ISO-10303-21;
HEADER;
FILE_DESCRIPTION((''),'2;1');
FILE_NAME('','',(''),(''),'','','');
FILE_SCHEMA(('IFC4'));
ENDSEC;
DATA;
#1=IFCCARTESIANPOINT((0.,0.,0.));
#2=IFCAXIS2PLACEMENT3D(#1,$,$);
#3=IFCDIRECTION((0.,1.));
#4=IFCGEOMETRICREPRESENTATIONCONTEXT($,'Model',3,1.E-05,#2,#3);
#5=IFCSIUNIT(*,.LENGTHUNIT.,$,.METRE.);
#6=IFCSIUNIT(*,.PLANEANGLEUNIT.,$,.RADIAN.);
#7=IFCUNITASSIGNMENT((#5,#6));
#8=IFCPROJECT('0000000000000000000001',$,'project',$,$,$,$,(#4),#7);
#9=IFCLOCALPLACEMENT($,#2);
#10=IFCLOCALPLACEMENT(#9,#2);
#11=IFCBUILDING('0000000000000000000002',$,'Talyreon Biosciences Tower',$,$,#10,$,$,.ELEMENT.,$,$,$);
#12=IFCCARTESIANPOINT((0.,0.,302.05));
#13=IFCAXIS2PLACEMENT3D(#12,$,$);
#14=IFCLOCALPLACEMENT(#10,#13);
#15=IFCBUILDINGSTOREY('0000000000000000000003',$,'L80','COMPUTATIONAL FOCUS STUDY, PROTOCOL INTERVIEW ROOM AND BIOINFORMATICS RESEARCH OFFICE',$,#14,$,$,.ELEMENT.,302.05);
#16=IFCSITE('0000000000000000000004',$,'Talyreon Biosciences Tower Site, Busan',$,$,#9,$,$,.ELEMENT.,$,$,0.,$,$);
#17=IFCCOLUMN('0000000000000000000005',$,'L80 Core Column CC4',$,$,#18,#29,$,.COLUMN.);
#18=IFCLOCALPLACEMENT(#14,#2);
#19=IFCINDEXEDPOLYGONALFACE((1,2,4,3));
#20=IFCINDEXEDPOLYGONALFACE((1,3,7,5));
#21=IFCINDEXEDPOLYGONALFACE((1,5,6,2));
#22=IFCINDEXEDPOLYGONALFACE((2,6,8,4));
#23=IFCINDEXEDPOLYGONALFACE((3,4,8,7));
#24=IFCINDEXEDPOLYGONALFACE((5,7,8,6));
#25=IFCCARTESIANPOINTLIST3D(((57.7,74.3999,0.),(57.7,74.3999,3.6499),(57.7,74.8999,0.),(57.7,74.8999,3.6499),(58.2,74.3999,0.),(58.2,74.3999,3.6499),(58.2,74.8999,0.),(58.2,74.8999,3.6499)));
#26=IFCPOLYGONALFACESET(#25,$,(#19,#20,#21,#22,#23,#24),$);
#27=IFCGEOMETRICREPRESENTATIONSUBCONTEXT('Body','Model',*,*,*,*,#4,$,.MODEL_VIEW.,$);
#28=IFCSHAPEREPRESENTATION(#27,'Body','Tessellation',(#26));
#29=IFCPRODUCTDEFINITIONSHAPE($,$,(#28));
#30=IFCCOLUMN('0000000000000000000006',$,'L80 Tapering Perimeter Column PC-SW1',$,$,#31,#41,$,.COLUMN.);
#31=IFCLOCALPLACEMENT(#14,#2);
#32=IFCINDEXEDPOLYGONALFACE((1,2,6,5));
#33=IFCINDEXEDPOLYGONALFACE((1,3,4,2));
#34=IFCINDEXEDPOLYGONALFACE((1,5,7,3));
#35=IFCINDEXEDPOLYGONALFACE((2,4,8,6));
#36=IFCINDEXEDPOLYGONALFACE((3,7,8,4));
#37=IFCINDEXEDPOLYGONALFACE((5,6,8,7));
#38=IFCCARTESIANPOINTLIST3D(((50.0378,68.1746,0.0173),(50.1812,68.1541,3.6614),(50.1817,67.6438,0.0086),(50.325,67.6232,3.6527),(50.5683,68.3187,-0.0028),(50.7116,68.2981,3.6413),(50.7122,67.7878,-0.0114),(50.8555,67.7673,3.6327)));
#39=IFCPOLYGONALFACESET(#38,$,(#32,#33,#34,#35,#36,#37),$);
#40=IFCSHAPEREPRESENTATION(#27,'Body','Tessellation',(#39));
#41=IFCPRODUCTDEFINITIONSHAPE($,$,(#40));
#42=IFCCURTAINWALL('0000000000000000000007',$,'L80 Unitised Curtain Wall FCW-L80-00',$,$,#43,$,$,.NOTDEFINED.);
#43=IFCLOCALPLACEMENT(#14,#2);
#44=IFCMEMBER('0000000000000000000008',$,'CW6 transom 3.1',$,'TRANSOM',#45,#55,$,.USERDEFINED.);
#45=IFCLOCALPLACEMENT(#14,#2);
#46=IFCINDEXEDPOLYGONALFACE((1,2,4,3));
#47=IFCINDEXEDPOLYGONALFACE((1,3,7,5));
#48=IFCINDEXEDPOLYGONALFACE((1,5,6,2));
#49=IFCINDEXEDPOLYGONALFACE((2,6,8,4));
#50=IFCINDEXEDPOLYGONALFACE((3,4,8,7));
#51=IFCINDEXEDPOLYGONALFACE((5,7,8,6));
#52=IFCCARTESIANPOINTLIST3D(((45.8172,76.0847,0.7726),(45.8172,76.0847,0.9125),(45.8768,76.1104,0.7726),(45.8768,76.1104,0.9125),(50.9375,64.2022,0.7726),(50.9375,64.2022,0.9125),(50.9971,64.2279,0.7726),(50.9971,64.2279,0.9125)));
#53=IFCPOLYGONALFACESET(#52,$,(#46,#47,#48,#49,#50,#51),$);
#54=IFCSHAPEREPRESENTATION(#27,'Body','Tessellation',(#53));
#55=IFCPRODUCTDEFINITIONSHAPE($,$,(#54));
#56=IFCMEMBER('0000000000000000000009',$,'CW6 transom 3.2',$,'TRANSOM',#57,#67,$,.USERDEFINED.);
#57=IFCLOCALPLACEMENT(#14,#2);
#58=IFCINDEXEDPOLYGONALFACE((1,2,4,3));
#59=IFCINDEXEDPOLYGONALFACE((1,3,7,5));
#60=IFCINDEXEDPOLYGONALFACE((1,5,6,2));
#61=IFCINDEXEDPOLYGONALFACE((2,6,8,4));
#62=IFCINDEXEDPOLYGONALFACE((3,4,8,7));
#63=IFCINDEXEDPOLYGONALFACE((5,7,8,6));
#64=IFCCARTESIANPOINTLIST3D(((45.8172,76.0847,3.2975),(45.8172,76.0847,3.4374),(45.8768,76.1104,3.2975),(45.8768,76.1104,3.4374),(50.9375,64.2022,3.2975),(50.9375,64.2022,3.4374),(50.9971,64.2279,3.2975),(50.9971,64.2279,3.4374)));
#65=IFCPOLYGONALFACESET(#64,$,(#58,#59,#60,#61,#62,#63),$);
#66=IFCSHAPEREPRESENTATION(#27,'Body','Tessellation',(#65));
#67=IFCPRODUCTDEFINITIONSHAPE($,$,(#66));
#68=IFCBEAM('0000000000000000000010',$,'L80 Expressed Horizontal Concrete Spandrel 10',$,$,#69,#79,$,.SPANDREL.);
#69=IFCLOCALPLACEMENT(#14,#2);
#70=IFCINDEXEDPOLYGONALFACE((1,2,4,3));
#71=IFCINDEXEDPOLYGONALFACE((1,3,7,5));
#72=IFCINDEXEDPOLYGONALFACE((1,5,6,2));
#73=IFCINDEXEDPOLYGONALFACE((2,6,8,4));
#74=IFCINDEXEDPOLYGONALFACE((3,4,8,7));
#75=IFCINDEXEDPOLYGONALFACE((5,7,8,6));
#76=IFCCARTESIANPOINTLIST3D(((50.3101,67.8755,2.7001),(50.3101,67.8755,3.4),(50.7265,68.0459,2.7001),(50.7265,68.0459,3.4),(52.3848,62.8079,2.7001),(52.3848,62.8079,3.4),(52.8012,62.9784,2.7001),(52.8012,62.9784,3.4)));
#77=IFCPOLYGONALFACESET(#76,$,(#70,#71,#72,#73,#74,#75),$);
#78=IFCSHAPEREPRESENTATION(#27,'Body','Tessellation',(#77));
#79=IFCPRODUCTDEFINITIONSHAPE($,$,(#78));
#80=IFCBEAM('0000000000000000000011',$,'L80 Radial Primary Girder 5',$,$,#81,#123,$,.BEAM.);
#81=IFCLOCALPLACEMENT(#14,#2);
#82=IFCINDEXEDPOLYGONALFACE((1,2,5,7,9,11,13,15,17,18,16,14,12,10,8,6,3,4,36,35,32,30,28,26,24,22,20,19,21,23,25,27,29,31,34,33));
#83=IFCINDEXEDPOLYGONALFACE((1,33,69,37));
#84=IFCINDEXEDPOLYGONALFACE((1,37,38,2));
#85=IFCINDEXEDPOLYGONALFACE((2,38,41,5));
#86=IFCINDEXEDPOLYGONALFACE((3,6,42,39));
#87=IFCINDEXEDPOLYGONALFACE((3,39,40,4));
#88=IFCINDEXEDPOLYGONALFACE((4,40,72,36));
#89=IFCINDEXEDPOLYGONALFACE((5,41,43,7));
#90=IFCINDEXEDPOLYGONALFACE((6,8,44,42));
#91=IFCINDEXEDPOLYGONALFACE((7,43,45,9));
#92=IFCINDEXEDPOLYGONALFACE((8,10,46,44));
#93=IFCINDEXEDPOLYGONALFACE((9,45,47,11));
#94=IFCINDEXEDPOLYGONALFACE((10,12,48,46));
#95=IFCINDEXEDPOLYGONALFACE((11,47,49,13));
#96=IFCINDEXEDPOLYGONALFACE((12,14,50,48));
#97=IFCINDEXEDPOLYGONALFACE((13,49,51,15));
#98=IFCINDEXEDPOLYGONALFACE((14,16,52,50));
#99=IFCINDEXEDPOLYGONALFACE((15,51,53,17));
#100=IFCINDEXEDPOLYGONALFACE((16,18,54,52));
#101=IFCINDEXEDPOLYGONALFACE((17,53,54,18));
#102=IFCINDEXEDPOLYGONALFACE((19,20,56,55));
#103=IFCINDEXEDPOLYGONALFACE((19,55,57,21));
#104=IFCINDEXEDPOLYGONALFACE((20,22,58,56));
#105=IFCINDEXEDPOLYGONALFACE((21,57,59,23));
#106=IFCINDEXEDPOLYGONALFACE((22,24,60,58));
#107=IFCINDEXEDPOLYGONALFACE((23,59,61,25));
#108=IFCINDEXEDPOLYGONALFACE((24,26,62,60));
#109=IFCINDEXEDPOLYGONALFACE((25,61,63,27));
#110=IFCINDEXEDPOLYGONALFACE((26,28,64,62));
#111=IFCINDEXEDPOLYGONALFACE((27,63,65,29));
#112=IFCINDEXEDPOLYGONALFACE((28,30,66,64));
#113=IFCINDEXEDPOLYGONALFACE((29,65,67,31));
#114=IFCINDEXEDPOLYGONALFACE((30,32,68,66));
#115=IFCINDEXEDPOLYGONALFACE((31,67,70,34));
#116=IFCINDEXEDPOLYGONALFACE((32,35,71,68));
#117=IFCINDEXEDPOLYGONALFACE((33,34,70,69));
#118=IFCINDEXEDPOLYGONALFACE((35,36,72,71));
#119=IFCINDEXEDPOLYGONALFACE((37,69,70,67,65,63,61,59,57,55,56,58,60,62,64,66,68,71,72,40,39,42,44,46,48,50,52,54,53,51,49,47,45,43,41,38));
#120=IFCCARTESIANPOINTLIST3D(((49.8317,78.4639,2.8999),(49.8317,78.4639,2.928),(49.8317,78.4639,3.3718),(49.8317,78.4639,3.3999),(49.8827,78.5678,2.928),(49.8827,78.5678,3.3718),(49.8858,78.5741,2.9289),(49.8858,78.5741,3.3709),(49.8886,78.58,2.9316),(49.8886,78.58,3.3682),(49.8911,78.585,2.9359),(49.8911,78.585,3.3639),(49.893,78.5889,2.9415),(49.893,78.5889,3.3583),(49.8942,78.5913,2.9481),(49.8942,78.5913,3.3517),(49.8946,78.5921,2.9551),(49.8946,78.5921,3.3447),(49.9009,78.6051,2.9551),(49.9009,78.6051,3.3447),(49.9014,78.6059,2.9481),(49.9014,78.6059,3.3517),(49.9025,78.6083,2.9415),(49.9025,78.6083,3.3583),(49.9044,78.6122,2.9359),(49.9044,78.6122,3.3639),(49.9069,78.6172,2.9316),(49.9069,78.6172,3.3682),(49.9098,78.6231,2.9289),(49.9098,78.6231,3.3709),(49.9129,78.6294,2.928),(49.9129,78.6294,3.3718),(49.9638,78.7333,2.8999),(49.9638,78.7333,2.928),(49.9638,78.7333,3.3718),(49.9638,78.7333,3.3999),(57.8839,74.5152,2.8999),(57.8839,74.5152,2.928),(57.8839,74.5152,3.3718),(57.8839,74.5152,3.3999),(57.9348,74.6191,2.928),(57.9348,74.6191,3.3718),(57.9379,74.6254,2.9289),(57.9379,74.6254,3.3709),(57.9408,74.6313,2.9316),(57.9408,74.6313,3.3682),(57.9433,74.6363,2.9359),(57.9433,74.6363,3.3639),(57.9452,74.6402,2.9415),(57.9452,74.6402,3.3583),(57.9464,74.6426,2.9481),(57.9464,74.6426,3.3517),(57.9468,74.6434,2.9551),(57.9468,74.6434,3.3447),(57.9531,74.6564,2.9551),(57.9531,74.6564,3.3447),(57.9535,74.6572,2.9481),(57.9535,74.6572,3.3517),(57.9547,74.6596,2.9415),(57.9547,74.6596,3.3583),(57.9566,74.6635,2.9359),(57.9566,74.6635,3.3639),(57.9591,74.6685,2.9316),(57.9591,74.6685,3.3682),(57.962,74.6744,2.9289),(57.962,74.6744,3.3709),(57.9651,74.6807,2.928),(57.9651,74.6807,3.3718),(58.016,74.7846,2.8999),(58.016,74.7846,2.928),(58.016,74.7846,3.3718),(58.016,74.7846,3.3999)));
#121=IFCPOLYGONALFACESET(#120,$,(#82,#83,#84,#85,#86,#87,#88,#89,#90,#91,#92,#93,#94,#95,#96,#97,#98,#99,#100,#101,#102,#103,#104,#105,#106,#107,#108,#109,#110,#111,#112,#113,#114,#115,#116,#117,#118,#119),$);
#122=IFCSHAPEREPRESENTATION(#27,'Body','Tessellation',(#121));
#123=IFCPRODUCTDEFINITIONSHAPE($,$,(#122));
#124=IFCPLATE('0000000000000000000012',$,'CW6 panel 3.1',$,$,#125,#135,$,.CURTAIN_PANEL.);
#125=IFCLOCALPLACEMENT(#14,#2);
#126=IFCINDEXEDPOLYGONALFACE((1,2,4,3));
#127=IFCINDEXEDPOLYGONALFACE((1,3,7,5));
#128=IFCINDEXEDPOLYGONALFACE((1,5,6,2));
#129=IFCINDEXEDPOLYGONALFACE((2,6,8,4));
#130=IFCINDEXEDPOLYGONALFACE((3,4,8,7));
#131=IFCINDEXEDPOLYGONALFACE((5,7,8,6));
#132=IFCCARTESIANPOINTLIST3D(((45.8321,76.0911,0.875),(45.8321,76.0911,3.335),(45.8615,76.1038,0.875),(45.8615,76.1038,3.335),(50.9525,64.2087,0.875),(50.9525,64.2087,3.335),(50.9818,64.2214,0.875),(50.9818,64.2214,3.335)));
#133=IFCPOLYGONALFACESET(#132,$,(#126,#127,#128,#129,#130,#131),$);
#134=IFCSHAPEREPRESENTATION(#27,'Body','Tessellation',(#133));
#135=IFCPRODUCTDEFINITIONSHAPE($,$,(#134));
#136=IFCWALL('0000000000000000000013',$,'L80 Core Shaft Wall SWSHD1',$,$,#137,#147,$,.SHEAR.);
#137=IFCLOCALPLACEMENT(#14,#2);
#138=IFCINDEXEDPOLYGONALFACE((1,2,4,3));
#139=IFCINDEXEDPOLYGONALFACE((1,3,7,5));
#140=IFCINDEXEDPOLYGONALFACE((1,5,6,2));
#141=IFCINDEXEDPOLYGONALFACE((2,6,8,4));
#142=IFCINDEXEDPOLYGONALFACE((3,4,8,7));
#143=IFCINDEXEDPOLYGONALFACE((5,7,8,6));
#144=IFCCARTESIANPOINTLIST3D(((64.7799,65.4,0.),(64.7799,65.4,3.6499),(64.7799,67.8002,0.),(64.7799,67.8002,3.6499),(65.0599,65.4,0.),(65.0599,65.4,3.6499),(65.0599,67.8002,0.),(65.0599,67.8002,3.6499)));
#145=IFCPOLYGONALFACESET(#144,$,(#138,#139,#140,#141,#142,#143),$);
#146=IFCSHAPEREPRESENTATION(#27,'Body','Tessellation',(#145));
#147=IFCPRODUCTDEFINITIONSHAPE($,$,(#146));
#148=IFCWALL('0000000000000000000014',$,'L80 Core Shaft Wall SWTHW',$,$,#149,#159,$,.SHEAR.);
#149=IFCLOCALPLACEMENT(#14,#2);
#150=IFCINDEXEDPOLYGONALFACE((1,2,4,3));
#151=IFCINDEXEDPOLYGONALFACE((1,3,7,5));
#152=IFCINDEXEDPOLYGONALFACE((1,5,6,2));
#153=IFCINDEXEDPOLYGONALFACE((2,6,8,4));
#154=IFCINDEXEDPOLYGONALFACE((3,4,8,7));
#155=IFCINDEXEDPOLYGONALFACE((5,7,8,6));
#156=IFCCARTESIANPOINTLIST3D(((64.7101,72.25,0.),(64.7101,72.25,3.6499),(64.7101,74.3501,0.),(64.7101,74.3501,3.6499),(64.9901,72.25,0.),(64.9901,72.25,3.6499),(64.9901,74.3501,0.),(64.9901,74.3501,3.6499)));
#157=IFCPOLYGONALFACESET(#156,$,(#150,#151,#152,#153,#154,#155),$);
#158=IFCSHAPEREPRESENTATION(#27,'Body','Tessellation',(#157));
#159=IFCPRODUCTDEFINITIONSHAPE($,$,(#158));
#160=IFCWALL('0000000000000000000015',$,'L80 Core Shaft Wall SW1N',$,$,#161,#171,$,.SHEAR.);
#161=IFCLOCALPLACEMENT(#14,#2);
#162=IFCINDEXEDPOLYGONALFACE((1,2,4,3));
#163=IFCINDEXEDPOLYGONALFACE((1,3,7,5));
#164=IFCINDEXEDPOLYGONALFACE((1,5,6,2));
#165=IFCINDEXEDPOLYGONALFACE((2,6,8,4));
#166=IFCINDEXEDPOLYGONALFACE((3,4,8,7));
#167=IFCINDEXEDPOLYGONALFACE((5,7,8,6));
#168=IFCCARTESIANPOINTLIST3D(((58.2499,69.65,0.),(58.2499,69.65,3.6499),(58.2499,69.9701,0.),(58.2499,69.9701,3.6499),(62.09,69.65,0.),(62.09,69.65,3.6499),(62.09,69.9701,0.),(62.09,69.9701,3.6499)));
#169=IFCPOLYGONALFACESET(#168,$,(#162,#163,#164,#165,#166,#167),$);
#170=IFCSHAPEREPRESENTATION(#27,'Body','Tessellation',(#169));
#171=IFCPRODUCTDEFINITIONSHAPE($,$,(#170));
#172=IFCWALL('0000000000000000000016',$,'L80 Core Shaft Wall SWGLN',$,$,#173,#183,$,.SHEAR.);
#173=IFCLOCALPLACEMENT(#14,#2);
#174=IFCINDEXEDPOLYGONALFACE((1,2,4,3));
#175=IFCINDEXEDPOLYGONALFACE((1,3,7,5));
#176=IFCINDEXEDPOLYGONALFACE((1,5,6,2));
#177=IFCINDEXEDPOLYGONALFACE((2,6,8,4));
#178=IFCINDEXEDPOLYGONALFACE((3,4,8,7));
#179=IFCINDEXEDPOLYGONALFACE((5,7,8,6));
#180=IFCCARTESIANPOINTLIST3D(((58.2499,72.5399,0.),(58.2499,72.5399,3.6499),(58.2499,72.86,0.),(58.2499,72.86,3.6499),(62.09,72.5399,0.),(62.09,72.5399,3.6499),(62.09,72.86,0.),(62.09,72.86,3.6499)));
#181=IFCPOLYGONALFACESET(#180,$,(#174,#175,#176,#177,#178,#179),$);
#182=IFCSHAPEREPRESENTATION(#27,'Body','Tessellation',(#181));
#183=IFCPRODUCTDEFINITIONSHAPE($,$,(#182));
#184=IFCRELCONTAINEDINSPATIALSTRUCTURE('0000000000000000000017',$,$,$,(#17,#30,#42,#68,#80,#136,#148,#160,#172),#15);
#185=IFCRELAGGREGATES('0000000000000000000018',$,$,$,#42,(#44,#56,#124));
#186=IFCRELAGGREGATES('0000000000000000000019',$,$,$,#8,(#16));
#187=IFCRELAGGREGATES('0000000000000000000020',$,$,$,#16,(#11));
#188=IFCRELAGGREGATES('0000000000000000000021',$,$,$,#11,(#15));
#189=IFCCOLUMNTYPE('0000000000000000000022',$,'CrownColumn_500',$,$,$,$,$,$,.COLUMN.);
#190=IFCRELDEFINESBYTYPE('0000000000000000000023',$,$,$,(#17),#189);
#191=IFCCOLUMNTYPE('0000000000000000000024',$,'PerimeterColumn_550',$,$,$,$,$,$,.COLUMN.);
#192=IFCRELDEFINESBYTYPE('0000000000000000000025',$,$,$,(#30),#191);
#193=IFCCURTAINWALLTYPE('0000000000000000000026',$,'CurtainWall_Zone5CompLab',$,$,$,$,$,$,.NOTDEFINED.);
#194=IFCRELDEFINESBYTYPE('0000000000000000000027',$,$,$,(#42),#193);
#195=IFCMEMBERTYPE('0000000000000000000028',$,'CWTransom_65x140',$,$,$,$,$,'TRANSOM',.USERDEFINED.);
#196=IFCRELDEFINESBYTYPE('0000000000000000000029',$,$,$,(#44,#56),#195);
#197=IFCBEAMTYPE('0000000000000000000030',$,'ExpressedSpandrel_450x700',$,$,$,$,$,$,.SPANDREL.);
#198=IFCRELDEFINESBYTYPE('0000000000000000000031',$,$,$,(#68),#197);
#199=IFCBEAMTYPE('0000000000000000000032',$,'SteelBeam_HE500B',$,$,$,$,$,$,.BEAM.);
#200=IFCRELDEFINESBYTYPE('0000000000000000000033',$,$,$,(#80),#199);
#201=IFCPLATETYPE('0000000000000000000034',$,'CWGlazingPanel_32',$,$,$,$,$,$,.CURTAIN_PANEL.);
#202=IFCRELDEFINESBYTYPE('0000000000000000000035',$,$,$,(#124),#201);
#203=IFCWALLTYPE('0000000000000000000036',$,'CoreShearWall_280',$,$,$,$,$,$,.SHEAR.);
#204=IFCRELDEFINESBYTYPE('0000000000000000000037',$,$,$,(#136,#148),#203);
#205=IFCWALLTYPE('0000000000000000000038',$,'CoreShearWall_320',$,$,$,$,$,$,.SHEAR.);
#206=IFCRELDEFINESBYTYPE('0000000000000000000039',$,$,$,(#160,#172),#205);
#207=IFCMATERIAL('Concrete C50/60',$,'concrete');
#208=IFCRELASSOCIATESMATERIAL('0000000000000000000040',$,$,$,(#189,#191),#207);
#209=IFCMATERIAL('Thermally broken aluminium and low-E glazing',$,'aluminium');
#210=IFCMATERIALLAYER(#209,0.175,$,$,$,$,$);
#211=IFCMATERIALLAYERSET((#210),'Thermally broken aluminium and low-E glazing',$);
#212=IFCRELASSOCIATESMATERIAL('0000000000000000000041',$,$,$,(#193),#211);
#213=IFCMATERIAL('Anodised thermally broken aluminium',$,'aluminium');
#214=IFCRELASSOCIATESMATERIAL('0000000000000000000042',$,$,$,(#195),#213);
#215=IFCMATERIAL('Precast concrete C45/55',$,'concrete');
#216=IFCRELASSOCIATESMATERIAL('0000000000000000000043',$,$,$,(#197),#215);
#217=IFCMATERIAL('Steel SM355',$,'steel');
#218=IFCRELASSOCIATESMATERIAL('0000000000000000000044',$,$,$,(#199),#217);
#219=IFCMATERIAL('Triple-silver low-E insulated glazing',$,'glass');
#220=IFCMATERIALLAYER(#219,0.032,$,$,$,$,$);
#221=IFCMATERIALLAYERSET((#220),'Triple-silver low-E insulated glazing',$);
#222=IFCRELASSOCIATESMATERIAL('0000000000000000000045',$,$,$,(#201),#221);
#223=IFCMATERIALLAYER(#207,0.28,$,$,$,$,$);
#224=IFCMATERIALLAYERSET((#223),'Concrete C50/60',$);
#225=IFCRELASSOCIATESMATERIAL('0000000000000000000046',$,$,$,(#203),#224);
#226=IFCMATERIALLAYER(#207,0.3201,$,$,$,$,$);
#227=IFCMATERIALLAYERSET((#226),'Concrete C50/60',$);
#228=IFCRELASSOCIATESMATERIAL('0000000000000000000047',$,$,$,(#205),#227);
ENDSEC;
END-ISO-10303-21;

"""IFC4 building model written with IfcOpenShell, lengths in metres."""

from ifc_helpers import new_model, si_unit, direction, frame, frame_2d, origin, origin_2d, place, context, subcontext, project, spatial, rectangle, i_section, extrude, material, layer, layer_set, material_profile, profile_set, type_object, element, aggregate, save


model = new_model("IFC4")

# Units and contexts
model_context = context("Model", 3, precision=1e-05, world=origin(), true_north=direction((0.0, 1.0)))
body_context = subcontext(model_context, "Body", "Model", "MODEL_VIEW")
ifc_project = project(units=[si_unit("LENGTHUNIT", "METRE"), si_unit("PLANEANGLEUNIT", "RADIAN")], contexts=[model_context])

# Site, building, storey
site_placement = place(None, origin())
site = spatial("IfcSite", under=ifc_project, at=site_placement, Name="Talyreon Biosciences Tower Site, Busan", CompositionType="ELEMENT", RefElevation=0.0)
building_placement = place(site_placement, origin())
building = spatial("IfcBuilding", under=site, at=building_placement, Name="Talyreon Biosciences Tower", CompositionType="ELEMENT")
storey_placement = place(building_placement, frame((0.0, 0.0, 302.05)))
storey = spatial("IfcBuildingStorey", under=building, at=storey_placement, Name="L80", Description="COMPUTATIONAL FOCUS STUDY, PROTOCOL INTERVIEW ROOM AND BIOINFORMATICS RESEARCH OFFICE", CompositionType="ELEMENT", Elevation=302.05)

# Columns
ifc_material_1 = material(Name="Concrete C50/60", Category="concrete")
ifc_material_profile_1 = material_profile(ifc_material_1, rectangle(XDim=0.5, YDim=0.5, at=origin_2d()), Name="RC 500x500")
ifc_profile_set_1 = profile_set([ifc_material_profile_1], Name="Concrete C50/60")
column_type_1 = type_object("IfcColumnType", Name="CrownColumn_500", PredefinedType="COLUMN", material=ifc_profile_set_1)
column_1_placement = place(storey_placement, frame((57.95, 74.6499, 0.0), z_axis=(0.0, 0.0, 1.0), x_axis=(1.0, 0.0, 0.0)))
element("IfcColumn", 1, at=column_1_placement, inside=storey, type_object=column_type_1, Name="L80 Core Column CC4", PredefinedType="COLUMN", context=body_context, shape_type="SweptSolid", body=[
    extrude(rectangle(XDim=0.5, YDim=0.5, at=origin_2d()), origin(), (0.0, 0.0, 1.0), 3.6499),
])
ifc_material_profile_2 = material_profile(ifc_material_1, rectangle(XDim=0.55, YDim=0.55, at=origin_2d()), Name="RC 550x550")
ifc_profile_set_2 = profile_set([ifc_material_profile_2], Name="Concrete C50/60")
column_type_2 = type_object("IfcColumnType", Name="PerimeterColumn_550", PredefinedType="COLUMN", material=ifc_profile_set_2)
column_2_placement = place(storey_placement, frame((50.375, 67.9812, 0.0029), z_axis=(0.039296, -0.005623, 0.999212), x_axis=(0.964404, 0.261908, -0.036453)))
element("IfcColumn", 2, at=column_2_placement, inside=storey, type_object=column_type_2, Name="L80 Tapering Perimeter Column PC-SW1", PredefinedType="COLUMN", context=body_context, shape_type="SweptSolid", body=[
    extrude(rectangle(XDim=0.55, YDim=0.55, at=origin_2d()), origin(), (0.0, 0.0, 1.0), 3.647),
])

# Curtain wall, members
ifc_material_2 = material(Name="Thermally broken aluminium and low-E glazing", Category="aluminium")
ifc_layer_1 = layer(ifc_material_2, 0.175)
ifc_layer_set_1 = layer_set([ifc_layer_1], Name="Thermally broken aluminium and low-E glazing")
curtain_wall_type = type_object("IfcCurtainWallType", Name="CurtainWall_Zone5CompLab", PredefinedType="NOTDEFINED", material=ifc_layer_set_1)
curtain_wall_placement = place(storey_placement, origin())
curtain_wall = element("IfcCurtainWall", 3, at=curtain_wall_placement, inside=storey, type_object=curtain_wall_type, Name="L80 Unitised Curtain Wall FCW-L80-00", PredefinedType="NOTDEFINED")
ifc_material_3 = material(Name="Anodised thermally broken aluminium", Category="aluminium")
ifc_material_profile_3 = material_profile(ifc_material_3, rectangle(XDim=0.0649, YDim=0.1399, at=origin_2d()), Name="ALUM TRANSOM 65x140")
ifc_profile_set_3 = profile_set([ifc_material_profile_3], Name="Anodised thermally broken aluminium")
member_type = type_object("IfcMemberType", Name="CWTransom_65x140", ElementType="TRANSOM", PredefinedType="USERDEFINED", material=ifc_profile_set_3)
member_1_placement = place(storey_placement, frame((50.9673, 64.2151, 0.8425), z_axis=(-0.395736, 0.918364, 0.0), x_axis=(-0.918364, -0.395736, 0.0)))
member_1 = element("IfcMember", 4, at=member_1_placement, type_object=member_type, Name="CW6 transom 3.1", ObjectType="TRANSOM", PredefinedType="USERDEFINED", context=body_context, shape_type="SweptSolid", body=[
    extrude(rectangle(XDim=0.0649, YDim=0.1399, at=origin_2d()), origin(), (0.0, 0.0, 1.0), 12.9387),
])
member_2_placement = place(storey_placement, frame((50.9673, 64.2151, 3.3674), z_axis=(-0.395736, 0.918364, 0.0), x_axis=(-0.918364, -0.395736, 0.0)))
member_2 = element("IfcMember", 5, at=member_2_placement, type_object=member_type, Name="CW6 transom 3.2", ObjectType="TRANSOM", PredefinedType="USERDEFINED", context=body_context, shape_type="SweptSolid", body=[
    extrude(rectangle(XDim=0.0649, YDim=0.1399, at=origin_2d()), origin(), (0.0, 0.0, 1.0), 12.9387),
])

# Beams
ifc_material_4 = material(Name="Precast concrete C45/55", Category="concrete")
ifc_material_profile_4 = material_profile(ifc_material_4, rectangle(XDim=0.45, YDim=0.7, at=origin_2d()), Name="RCB 450x700")
ifc_profile_set_4 = profile_set([ifc_material_profile_4], Name="Precast concrete C45/55")
beam_type_1 = type_object("IfcBeamType", Name="ExpressedSpandrel_450x700", PredefinedType="SPANDREL", material=ifc_profile_set_4)
beam_1_placement = place(storey_placement, frame((50.5183, 67.9607, 3.05), z_axis=(0.378881, -0.925445, 0.0), x_axis=(0.925445, 0.378881, 0.0)))
element("IfcBeam", 6, at=beam_1_placement, inside=storey, type_object=beam_type_1, Name="L80 Expressed Horizontal Concrete Spandrel 10", PredefinedType="SPANDREL", context=body_context, shape_type="SweptSolid", body=[
    extrude(rectangle(XDim=0.45, YDim=0.7, at=origin_2d()), origin(), (0.0, 0.0, 1.0), 5.4758),
])
ifc_material_5 = material(Name="Steel SM355", Category="steel")
ifc_material_profile_5 = material_profile(ifc_material_5, i_section(OverallWidth=0.3, OverallDepth=0.5, WebThickness=0.0144, FlangeThickness=0.0281, FilletRadius=0.0271, at=origin_2d()), Name="HE500B")
ifc_profile_set_5 = profile_set([ifc_material_profile_5], Name="Steel SM355")
beam_type_2 = type_object("IfcBeamType", Name="SteelBeam_HE500B", PredefinedType="BEAM", material=ifc_profile_set_5)
beam_2_placement = place(storey_placement, frame((57.95, 74.6499, 3.1499), z_axis=(-0.897852, 0.440297, 0.0), x_axis=(-0.440297, -0.897852, 0.0)))
element("IfcBeam", 7, at=beam_2_placement, inside=storey, type_object=beam_type_2, Name="L80 Radial Primary Girder 5", PredefinedType="BEAM", context=body_context, shape_type="SweptSolid", body=[
    extrude(i_section(OverallWidth=0.3, OverallDepth=0.5, WebThickness=0.0144, FlangeThickness=0.0281, FilletRadius=0.0271, at=origin_2d()), origin(), (0.0, 0.0, 1.0), 8.9683),
])

# Plate
ifc_material_6 = material(Name="Triple-silver low-E insulated glazing", Category="glass")
ifc_layer_2 = layer(ifc_material_6, 0.032)
ifc_layer_set_2 = layer_set([ifc_layer_2], Name="Triple-silver low-E insulated glazing")
plate_type = type_object("IfcPlateType", Name="CWGlazingPanel_32", PredefinedType="CURTAIN_PANEL", material=ifc_layer_set_2)
plate_placement = place(storey_placement, frame((48.407, 70.1562, 0.875), z_axis=(0.0, 0.0, 1.0), x_axis=(-0.395738, 0.918363, 0.0)))
plate = element("IfcPlate", 8, at=plate_placement, type_object=plate_type, Name="CW6 panel 3.1", PredefinedType="CURTAIN_PANEL", context=body_context, shape_type="SweptSolid", body=[
    extrude(rectangle(XDim=12.9387, YDim=0.032, at=origin_2d()), origin(), (0.0, 0.0, 1.0), 2.46),
])
aggregate(curtain_wall, [member_1, member_2, plate])

# Walls
ifc_layer_3 = layer(ifc_material_1, 0.28)
ifc_layer_set_3 = layer_set([ifc_layer_3], Name="Concrete C50/60")
wall_type_1 = type_object("IfcWallType", Name="CoreShearWall_280", PredefinedType="SHEAR", material=ifc_layer_set_3)
wall_1_placement = place(storey_placement, frame((64.9199, 65.3999, 0.0), z_axis=(0.0, 0.0, 1.0), x_axis=(0.0, 1.0, 0.0)))
element("IfcWall", 9, at=wall_1_placement, inside=storey, type_object=wall_type_1, Name="L80 Core Shaft Wall SWSHD1", PredefinedType="SHEAR", context=body_context, shape_type="SweptSolid", body=[
    extrude(rectangle(XDim=2.4001, YDim=0.28, at=frame_2d((1.2002, 0.0))), origin(), (0.0, 0.0, 1.0), 3.6499),
])
wall_2_placement = place(storey_placement, frame((64.8501, 72.25, 0.0), z_axis=(0.0, 0.0, 1.0), x_axis=(0.0, 1.0, 0.0)))
element("IfcWall", 10, at=wall_2_placement, inside=storey, type_object=wall_type_1, Name="L80 Core Shaft Wall SWTHW", PredefinedType="SHEAR", context=body_context, shape_type="SweptSolid", body=[
    extrude(rectangle(XDim=2.1001, YDim=0.28, at=frame_2d((1.05, 0.0))), origin(), (0.0, 0.0, 1.0), 3.6499),
])
ifc_layer_4 = layer(ifc_material_1, 0.3201)
ifc_layer_set_4 = layer_set([ifc_layer_4], Name="Concrete C50/60")
wall_type_2 = type_object("IfcWallType", Name="CoreShearWall_320", PredefinedType="SHEAR", material=ifc_layer_set_4)
for number, where, z_axis, x_axis, name in (
    (11, (58.25, 69.8101, 0.0), (0.0, 0.0, 1.0), (1.0, 0.0, 0.0), "L80 Core Shaft Wall SW1N"),
    (12, (58.25, 72.7, 0.0), (0.0, 0.0, 1.0), (1.0, 0.0, 0.0), "L80 Core Shaft Wall SWGLN"),
):
    element("IfcWall", number, at=place(storey_placement, frame(where, z_axis=z_axis, x_axis=x_axis)), inside=storey, type_object=wall_type_2, Name=name, PredefinedType="SHEAR", context=body_context, shape_type="SweptSolid", body=[
        extrude(rectangle(XDim=3.8401, YDim=0.3201, at=frame_2d((1.9199, 0.0))), origin(), (0.0, 0.0, 1.0), 3.6499),
    ])

save(model, "model.ifc")
